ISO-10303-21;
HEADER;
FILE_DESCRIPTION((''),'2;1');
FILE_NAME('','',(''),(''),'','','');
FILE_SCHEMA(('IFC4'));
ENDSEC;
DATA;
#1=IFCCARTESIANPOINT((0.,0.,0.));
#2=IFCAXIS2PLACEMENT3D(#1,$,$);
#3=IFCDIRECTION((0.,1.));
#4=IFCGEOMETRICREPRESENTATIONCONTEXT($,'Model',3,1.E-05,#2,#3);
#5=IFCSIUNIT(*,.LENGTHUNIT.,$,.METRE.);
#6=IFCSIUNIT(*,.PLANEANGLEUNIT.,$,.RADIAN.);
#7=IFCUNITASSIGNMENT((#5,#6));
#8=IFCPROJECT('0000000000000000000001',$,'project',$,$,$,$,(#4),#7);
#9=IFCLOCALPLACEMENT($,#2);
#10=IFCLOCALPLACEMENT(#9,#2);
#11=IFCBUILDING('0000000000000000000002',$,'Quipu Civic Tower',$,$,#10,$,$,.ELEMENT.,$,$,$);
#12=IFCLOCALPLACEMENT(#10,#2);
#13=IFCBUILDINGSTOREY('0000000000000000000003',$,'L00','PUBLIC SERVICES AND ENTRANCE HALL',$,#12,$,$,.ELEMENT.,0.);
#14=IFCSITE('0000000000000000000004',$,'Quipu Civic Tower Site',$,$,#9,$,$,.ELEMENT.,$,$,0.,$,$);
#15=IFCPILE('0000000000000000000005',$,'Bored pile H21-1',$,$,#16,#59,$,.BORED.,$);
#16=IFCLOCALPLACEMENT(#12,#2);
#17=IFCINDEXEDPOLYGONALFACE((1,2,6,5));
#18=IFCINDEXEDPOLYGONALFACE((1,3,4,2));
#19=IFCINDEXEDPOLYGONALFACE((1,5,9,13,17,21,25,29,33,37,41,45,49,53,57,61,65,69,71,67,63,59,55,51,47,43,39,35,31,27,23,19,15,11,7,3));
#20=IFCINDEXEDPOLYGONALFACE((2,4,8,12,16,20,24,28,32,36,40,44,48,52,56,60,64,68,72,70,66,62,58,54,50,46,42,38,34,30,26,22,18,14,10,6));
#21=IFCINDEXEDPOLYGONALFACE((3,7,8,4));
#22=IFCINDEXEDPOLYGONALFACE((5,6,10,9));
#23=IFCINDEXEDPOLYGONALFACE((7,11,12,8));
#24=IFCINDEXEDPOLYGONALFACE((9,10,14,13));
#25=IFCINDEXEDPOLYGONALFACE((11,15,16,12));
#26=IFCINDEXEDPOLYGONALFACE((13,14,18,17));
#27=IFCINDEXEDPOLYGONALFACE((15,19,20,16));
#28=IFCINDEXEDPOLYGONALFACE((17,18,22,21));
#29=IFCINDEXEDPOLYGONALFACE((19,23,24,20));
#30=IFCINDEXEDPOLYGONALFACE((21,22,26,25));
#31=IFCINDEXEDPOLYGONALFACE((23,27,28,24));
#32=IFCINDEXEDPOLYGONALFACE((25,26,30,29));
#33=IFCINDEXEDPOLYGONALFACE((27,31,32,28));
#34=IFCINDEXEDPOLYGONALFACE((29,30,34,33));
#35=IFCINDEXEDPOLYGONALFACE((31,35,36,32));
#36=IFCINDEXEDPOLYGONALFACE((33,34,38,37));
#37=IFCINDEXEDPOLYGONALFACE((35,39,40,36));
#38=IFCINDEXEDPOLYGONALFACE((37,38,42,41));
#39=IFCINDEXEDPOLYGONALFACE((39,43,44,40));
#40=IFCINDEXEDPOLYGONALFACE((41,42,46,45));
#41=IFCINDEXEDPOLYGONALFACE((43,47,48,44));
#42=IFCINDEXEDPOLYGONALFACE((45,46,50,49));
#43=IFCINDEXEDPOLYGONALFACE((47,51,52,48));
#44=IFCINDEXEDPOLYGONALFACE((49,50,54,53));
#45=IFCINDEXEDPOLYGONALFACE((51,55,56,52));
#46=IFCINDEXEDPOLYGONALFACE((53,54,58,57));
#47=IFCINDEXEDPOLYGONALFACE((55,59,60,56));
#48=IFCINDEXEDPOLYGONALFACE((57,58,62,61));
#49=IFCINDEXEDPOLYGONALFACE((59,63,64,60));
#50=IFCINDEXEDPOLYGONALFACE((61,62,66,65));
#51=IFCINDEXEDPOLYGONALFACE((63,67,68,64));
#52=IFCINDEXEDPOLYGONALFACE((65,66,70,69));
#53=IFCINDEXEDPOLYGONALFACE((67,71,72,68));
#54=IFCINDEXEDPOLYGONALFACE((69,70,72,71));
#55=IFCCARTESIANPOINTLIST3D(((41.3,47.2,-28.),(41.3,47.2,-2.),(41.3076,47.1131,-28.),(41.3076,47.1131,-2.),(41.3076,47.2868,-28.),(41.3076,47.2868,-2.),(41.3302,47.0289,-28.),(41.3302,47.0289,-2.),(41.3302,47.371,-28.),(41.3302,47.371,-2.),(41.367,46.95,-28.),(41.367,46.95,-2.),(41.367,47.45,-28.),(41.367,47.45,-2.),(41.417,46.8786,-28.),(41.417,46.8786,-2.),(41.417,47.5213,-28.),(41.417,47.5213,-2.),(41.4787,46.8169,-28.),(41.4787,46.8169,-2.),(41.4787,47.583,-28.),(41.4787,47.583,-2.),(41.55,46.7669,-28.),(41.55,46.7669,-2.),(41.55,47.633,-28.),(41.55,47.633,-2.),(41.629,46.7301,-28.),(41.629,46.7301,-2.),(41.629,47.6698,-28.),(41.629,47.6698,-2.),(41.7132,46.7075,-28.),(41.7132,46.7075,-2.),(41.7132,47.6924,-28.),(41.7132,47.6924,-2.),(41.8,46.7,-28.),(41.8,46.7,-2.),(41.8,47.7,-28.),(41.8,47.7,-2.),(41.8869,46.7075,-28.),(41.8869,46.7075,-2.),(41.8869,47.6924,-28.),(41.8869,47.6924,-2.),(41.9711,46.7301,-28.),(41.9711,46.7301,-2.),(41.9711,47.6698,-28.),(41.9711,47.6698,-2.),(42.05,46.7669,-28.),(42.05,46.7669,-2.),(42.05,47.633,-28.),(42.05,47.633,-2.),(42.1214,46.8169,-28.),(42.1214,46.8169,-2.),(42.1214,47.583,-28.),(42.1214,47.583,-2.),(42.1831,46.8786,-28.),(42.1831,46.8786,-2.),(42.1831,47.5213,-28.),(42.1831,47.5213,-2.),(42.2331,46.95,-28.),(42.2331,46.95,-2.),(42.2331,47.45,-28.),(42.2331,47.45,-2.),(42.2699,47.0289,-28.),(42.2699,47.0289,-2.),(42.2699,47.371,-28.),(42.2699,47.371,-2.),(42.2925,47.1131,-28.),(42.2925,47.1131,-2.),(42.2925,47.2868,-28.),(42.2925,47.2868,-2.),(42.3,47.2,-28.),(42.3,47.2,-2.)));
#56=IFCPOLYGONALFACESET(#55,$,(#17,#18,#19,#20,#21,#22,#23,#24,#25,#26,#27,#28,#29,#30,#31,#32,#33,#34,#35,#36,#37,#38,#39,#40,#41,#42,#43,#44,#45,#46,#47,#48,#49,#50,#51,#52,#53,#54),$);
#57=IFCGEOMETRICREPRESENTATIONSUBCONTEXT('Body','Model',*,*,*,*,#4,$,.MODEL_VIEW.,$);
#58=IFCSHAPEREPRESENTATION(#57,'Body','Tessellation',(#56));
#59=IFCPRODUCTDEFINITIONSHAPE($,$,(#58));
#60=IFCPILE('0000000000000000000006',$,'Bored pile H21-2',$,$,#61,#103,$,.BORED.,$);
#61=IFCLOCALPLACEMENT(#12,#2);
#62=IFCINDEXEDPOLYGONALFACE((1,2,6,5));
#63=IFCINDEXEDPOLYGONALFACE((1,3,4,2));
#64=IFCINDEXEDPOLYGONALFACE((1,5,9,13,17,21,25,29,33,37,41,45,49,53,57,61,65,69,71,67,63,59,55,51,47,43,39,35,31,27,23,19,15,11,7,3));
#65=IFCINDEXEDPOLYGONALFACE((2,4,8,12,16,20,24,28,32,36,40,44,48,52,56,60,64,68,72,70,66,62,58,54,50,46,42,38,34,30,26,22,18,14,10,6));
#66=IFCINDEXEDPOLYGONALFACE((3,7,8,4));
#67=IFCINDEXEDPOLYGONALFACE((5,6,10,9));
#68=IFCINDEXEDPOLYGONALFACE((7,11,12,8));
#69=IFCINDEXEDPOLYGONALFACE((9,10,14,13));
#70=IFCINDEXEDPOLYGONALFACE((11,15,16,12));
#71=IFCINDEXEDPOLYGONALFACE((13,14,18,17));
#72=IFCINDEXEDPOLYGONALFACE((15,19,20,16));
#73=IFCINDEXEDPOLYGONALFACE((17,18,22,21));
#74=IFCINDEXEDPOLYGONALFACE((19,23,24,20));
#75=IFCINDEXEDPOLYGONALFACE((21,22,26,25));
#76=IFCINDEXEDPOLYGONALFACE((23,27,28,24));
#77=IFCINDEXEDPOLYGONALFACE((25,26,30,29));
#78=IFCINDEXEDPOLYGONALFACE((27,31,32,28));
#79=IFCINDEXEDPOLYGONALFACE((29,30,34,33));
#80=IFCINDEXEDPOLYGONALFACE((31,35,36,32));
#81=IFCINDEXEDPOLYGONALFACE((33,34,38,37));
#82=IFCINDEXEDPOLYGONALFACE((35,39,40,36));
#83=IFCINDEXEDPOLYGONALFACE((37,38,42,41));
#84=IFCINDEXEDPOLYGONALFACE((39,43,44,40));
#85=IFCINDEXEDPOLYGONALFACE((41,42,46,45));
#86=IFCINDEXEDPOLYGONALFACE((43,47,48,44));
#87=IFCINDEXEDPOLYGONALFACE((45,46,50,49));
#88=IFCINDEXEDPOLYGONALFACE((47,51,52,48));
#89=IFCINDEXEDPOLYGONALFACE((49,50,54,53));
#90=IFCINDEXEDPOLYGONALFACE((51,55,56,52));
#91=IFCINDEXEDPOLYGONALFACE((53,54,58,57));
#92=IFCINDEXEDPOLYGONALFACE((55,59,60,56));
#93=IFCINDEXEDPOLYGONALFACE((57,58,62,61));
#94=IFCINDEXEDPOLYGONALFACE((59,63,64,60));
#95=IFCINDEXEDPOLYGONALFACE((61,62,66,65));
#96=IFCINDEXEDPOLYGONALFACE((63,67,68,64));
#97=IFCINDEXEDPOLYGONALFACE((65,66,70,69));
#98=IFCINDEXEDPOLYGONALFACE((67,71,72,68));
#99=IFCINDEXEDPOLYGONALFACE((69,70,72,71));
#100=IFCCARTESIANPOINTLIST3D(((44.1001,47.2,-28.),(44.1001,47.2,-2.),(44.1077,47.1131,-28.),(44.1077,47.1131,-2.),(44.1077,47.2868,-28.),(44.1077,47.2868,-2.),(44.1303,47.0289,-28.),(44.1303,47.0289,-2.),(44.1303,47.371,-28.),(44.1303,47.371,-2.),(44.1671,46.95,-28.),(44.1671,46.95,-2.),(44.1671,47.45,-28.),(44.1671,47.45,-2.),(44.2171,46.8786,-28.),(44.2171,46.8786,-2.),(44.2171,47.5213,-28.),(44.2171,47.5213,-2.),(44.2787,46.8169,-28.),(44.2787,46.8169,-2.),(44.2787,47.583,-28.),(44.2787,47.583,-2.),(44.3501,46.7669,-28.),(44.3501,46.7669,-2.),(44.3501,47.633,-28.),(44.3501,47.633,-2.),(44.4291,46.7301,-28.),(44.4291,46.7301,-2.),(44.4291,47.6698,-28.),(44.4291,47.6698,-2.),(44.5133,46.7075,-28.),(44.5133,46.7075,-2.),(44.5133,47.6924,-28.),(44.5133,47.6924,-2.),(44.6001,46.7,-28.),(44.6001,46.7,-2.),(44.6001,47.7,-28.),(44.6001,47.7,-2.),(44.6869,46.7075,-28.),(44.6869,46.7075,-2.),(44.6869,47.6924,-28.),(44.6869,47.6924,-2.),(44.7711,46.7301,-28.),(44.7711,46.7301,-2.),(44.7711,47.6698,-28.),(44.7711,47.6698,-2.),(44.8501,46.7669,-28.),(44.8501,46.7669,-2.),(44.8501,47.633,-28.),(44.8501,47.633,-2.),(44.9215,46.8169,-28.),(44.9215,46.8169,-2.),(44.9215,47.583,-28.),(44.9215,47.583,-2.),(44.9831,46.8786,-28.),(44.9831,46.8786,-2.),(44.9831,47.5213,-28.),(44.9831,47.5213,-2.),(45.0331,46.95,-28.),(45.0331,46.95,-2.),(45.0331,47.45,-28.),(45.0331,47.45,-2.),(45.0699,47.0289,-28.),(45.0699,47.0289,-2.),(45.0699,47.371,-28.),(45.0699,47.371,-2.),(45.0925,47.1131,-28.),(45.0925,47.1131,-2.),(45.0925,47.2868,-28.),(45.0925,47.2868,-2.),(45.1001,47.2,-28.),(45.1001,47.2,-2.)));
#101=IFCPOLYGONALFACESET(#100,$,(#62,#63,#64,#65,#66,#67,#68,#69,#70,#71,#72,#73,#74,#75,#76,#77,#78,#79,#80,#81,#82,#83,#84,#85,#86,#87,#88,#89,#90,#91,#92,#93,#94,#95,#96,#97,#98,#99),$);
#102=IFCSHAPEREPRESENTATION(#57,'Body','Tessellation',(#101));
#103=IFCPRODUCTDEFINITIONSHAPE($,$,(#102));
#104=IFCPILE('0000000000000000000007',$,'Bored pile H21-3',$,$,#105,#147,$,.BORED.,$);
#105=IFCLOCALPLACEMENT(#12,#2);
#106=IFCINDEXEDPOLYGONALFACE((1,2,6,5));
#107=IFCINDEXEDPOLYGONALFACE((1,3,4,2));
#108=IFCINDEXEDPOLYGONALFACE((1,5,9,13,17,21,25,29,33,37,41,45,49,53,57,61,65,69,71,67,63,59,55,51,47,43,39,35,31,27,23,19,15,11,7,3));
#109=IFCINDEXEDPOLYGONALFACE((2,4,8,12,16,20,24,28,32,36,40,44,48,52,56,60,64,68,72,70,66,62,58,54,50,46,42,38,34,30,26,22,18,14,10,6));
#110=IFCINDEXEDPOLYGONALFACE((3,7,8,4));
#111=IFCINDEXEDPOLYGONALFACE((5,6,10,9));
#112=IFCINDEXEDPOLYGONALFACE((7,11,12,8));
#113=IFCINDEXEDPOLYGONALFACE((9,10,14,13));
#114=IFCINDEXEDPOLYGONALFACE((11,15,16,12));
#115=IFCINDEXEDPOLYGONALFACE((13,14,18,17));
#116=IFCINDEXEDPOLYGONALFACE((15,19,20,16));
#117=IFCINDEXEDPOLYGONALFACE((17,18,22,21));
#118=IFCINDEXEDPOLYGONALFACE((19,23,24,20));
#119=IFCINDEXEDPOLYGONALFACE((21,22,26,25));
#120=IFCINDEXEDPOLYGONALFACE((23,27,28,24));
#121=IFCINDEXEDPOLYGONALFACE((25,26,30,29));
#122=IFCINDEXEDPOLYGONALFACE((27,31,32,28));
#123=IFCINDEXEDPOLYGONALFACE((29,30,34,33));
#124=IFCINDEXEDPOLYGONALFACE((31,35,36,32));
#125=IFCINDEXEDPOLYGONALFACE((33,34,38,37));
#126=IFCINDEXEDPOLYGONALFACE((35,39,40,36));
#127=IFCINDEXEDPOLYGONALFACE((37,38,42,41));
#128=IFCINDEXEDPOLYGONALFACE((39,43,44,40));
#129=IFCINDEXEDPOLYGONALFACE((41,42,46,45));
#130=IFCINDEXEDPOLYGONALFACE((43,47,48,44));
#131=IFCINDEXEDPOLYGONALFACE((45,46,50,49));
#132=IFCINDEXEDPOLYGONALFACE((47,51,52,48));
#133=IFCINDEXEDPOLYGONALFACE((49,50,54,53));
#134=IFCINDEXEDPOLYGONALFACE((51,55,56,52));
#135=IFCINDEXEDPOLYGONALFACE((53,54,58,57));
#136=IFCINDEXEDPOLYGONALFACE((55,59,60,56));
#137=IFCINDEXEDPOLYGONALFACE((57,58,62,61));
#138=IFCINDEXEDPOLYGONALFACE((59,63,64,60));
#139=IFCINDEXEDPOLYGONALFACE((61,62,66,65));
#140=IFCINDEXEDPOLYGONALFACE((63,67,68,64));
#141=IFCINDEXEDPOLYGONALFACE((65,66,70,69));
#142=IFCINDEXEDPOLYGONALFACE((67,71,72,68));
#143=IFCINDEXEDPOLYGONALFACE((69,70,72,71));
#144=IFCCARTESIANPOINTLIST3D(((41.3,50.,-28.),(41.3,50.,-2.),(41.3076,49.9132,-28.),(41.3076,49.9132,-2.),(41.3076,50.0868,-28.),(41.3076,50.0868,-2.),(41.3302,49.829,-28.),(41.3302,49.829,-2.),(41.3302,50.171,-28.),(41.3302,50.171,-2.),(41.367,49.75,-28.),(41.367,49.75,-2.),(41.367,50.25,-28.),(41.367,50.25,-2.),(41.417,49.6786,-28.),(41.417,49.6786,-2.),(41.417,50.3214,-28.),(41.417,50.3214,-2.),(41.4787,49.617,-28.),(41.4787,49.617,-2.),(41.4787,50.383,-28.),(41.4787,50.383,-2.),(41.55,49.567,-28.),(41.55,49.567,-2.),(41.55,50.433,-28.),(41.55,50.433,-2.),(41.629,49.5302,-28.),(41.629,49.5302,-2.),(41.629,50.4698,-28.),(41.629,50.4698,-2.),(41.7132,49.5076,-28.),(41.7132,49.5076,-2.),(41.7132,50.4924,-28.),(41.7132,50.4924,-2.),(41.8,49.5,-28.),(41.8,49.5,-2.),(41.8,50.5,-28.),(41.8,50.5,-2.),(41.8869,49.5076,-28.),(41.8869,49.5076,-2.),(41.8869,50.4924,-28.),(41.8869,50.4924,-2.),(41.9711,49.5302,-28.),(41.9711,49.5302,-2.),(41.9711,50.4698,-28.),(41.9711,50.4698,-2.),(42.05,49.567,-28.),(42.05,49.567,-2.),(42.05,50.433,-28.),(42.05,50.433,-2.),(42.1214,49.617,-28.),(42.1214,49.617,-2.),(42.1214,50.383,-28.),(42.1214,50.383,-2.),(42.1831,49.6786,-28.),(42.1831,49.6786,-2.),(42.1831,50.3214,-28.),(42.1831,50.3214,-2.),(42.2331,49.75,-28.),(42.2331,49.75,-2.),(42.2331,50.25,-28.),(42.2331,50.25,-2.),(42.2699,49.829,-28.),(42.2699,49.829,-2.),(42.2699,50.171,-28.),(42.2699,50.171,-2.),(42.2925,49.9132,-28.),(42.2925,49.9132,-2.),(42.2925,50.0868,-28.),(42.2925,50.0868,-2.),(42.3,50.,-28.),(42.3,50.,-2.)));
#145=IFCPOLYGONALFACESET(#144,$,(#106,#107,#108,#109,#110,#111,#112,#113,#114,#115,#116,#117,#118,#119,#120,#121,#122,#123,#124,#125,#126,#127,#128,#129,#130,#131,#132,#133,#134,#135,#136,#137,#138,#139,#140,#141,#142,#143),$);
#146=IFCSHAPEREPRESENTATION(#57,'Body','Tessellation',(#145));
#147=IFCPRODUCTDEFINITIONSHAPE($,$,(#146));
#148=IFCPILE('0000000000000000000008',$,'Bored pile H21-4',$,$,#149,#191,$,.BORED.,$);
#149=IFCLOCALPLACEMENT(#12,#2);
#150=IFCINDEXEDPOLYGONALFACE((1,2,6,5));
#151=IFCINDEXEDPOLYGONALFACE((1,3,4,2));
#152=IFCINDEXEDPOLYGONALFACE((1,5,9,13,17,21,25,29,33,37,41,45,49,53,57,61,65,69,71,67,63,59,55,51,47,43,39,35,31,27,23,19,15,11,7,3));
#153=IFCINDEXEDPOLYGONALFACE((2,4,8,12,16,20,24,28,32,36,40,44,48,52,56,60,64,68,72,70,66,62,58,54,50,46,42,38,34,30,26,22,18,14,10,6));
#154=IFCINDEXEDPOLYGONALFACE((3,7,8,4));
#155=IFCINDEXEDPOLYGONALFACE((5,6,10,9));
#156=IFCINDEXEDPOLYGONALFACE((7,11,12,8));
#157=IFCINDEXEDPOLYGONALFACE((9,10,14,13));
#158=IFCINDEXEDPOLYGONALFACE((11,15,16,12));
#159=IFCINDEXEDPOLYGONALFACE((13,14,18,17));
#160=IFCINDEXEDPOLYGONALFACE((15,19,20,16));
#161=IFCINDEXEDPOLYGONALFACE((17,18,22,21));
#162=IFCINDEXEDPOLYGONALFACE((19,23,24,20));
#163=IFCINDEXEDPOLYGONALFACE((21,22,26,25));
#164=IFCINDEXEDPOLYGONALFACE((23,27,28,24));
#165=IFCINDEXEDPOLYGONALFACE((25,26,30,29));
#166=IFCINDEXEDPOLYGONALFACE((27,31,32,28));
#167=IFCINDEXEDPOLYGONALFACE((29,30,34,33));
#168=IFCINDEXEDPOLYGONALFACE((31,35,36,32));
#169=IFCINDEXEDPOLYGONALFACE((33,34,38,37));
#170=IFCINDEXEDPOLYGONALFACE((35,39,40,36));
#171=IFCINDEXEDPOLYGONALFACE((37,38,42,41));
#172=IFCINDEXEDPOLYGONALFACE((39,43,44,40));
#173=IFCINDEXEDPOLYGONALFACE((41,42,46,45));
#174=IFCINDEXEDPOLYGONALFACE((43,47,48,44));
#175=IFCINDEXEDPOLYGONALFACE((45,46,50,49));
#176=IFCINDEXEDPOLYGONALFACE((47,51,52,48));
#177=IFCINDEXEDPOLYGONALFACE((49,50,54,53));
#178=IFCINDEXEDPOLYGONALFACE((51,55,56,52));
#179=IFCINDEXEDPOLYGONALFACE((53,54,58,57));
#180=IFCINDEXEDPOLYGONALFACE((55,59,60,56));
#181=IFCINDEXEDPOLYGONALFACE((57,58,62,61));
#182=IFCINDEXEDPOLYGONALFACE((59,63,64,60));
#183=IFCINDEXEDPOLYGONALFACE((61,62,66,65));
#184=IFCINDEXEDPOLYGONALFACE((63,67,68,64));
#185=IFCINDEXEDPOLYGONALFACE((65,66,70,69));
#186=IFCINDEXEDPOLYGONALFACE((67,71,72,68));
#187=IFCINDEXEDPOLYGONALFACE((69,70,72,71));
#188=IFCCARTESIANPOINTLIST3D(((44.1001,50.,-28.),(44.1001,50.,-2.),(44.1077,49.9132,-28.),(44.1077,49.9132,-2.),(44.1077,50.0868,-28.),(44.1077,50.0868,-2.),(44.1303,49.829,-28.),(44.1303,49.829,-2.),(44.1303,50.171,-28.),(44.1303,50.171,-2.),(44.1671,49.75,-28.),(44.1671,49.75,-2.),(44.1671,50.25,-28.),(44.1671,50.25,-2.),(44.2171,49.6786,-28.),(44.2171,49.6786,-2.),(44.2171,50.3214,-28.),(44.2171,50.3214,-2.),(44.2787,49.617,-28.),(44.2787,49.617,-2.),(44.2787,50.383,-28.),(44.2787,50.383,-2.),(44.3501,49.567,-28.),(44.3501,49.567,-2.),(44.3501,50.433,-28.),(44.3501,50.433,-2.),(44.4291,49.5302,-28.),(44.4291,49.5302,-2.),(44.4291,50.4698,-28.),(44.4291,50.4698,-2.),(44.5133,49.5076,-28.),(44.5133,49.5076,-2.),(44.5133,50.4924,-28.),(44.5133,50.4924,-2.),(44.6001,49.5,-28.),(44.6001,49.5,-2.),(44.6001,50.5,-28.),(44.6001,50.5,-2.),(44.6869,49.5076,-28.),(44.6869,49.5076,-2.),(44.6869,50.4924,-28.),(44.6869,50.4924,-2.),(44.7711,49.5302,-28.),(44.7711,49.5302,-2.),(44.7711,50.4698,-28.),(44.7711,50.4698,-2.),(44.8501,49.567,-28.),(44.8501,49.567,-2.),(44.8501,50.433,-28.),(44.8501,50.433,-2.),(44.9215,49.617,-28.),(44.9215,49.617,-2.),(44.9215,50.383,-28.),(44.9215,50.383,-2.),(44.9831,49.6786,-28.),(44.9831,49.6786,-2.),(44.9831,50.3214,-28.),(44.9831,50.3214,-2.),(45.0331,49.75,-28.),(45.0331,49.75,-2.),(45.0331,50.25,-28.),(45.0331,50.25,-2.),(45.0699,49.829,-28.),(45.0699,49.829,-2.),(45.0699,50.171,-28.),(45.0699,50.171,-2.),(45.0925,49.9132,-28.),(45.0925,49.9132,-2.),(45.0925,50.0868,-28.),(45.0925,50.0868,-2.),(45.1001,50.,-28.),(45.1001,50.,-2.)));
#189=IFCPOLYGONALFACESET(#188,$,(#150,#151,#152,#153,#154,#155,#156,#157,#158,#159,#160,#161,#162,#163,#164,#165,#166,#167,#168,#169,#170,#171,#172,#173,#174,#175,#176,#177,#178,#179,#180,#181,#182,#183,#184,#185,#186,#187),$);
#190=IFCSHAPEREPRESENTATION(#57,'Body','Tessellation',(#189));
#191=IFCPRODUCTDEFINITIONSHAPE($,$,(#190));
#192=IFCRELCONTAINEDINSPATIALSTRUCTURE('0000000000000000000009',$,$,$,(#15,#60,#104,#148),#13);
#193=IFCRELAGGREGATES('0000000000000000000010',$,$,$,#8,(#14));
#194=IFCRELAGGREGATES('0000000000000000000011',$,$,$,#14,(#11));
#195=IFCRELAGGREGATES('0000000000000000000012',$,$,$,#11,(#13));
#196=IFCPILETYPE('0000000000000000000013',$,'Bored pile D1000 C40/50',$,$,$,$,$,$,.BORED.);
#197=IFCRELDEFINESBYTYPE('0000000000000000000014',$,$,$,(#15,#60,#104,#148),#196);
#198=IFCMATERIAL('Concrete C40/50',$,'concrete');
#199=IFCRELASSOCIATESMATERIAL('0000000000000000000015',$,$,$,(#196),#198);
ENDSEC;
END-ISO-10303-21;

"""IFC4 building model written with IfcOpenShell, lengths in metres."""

from ifc_helpers import new_model, si_unit, direction, frame, origin, origin_2d, place, context, subcontext, project, spatial, circle, extrude, material, material_profile, profile_set, type_object, element, save


model = new_model("IFC4")

# Units and contexts
model_context = context("Model", 3, precision=1e-05, world=origin(), true_north=direction((0.0, 1.0)))
body_context = subcontext(model_context, "Body", "Model", "MODEL_VIEW")
ifc_project = project(units=[si_unit("LENGTHUNIT", "METRE"), si_unit("PLANEANGLEUNIT", "RADIAN")], contexts=[model_context])

# Site, building, storey
site_placement = place(None, origin())
site = spatial("IfcSite", under=ifc_project, at=site_placement, Name="Quipu Civic Tower Site", CompositionType="ELEMENT", RefElevation=0.0)
building_placement = place(site_placement, origin())
building = spatial("IfcBuilding", under=site, at=building_placement, Name="Quipu Civic Tower", CompositionType="ELEMENT")
storey_placement = place(building_placement, origin())
storey = spatial("IfcBuildingStorey", under=building, at=storey_placement, Name="L00", Description="PUBLIC SERVICES AND ENTRANCE HALL", CompositionType="ELEMENT", Elevation=0.0)

# Piles
ifc_material_1 = material(Name="Concrete C40/50", Category="concrete")
ifc_material_profile_1 = material_profile(ifc_material_1, circle(Radius=0.5, at=origin_2d()), Name="RCD1000")
ifc_profile_set_1 = profile_set([ifc_material_profile_1], Name="Concrete C40/50")
pile_type = type_object("IfcPileType", Name="Bored pile D1000 C40/50", PredefinedType="BORED", material=ifc_profile_set_1)
for number, where, z_axis, x_axis, name in (
    (1, (41.8, 47.2, -2.0), (0.0, 0.0, -1.0), (1.0, 0.0, 0.0), "Bored pile H21-1"),
    (2, (44.6001, 47.2, -2.0), (0.0, 0.0, -1.0), (1.0, 0.0, 0.0), "Bored pile H21-2"),
    (3, (41.8, 50.0, -2.0), (0.0, 0.0, -1.0), (1.0, 0.0, 0.0), "Bored pile H21-3"),
    (4, (44.6001, 50.0, -2.0), (0.0, 0.0, -1.0), (1.0, 0.0, 0.0), "Bored pile H21-4"),
):
    element("IfcPile", number, at=place(storey_placement, frame(where, z_axis=z_axis, x_axis=x_axis)), inside=storey, type_object=pile_type, Name=name, PredefinedType="BORED", context=body_context, shape_type="SweptSolid", body=[
        extrude(circle(Radius=0.5, at=origin_2d()), origin(), (0.0, 0.0, 1.0), 26.0),
    ])

save(model, "model.ifc")
